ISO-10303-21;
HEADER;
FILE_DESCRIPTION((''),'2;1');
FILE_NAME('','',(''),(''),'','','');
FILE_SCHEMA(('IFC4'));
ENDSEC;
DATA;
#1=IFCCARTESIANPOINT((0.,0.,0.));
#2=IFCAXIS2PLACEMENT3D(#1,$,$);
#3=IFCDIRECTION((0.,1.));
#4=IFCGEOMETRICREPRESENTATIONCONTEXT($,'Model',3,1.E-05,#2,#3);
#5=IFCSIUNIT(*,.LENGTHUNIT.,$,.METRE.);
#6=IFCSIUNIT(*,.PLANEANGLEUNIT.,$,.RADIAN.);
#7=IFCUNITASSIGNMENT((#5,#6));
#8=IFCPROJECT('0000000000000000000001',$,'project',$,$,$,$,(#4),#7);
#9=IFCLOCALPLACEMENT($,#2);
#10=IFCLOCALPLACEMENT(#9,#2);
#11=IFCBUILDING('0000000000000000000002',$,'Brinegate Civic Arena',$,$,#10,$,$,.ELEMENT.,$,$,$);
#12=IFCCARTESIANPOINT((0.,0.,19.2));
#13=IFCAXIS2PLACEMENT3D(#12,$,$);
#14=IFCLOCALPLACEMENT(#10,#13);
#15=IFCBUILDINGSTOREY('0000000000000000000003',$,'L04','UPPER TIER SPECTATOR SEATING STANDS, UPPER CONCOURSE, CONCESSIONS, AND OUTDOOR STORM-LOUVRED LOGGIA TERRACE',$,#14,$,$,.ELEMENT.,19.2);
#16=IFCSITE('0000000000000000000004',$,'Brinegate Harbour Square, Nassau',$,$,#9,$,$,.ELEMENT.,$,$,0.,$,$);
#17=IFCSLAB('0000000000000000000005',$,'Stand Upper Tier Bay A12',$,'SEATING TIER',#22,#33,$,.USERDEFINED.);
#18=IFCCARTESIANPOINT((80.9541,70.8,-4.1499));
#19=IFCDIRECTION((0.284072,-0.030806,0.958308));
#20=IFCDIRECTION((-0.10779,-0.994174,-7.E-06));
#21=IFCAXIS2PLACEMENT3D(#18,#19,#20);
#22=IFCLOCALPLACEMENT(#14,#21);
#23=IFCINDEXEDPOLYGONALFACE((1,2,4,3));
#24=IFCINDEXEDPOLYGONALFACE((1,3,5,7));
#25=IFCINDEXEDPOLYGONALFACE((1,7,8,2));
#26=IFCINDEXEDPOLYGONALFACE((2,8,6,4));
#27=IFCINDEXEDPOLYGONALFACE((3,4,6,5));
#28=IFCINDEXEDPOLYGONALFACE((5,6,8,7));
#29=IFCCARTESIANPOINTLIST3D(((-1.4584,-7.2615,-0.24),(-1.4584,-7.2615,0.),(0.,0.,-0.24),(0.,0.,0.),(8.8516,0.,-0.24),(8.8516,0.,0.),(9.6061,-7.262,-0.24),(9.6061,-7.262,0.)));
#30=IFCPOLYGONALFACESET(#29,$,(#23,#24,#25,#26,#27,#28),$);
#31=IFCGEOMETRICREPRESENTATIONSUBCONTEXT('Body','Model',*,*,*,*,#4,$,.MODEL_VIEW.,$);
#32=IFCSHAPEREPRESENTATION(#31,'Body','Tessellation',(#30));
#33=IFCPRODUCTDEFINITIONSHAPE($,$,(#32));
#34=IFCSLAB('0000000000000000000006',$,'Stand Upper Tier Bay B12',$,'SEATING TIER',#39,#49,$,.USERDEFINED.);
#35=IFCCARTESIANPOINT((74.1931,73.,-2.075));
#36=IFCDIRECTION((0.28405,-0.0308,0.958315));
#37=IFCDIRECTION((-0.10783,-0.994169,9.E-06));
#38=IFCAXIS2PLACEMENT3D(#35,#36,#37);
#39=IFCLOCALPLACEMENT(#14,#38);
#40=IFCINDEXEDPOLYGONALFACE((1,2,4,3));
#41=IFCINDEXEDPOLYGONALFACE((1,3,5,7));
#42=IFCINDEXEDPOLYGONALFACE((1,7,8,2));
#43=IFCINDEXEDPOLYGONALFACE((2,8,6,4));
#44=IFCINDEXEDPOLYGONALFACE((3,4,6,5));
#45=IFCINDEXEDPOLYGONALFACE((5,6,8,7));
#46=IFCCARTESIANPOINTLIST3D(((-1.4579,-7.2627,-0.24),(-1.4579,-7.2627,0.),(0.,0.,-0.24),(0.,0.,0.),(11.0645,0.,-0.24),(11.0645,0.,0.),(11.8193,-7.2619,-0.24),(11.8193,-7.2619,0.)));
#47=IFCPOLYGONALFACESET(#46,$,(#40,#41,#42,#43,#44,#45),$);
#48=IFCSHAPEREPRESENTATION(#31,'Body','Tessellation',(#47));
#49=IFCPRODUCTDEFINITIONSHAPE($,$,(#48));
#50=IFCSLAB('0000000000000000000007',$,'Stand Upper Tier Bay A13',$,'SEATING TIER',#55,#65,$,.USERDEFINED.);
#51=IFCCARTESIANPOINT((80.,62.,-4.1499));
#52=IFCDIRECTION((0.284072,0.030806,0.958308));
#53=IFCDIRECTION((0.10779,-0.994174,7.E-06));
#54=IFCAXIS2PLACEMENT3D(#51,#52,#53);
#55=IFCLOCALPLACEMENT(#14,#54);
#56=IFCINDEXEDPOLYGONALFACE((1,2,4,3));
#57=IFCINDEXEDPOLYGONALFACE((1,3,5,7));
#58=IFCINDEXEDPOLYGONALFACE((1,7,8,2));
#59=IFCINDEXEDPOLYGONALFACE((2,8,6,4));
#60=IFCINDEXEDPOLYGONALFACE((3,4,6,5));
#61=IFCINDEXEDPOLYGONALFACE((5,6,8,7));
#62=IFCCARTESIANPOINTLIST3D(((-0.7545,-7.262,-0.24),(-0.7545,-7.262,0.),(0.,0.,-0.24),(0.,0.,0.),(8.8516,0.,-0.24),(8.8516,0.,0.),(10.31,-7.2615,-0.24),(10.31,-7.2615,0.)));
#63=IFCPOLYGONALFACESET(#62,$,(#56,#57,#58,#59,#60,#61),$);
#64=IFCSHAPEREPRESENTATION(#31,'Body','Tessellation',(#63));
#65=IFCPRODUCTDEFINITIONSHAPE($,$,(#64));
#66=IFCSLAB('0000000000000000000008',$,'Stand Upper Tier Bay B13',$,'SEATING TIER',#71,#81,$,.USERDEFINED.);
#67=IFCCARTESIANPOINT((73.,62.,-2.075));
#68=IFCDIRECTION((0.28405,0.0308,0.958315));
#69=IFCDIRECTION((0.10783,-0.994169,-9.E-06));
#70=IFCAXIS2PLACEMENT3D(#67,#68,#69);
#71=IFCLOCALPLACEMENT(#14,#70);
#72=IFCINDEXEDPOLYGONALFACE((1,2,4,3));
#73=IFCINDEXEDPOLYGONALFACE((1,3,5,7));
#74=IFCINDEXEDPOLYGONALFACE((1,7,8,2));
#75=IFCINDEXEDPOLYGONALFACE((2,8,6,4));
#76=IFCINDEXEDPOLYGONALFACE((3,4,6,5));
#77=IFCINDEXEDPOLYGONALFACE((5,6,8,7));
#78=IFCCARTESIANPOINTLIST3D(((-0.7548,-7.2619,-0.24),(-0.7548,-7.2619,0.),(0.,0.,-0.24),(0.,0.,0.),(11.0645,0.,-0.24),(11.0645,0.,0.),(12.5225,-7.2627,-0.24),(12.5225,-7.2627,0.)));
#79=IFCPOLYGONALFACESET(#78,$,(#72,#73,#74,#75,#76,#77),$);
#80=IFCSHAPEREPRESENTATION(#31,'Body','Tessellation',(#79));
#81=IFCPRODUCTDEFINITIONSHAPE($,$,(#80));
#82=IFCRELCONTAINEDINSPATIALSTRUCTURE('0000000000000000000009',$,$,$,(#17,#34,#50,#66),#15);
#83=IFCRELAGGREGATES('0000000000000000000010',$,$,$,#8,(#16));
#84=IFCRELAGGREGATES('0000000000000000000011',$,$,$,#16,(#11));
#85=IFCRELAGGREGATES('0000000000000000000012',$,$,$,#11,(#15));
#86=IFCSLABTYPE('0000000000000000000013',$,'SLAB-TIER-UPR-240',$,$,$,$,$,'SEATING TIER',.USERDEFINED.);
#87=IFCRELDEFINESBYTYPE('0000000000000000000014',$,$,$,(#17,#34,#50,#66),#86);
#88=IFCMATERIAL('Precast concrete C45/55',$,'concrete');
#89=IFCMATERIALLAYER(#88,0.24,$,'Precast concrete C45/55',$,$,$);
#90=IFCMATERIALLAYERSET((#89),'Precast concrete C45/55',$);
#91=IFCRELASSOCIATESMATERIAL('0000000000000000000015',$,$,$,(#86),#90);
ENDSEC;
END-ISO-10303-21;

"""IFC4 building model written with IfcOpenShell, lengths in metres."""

from ifc_helpers import new_model, si_unit, direction, frame, origin, place, context, subcontext, project, spatial, polyline, outline, extrude, material, layer, layer_set, type_object, element, save


model = new_model("IFC4")

# Units and contexts
model_context = context("Model", 3, precision=1e-05, world=origin(), true_north=direction((0.0, 1.0)))
body_context = subcontext(model_context, "Body", "Model", "MODEL_VIEW")
ifc_project = project(units=[si_unit("LENGTHUNIT", "METRE"), si_unit("PLANEANGLEUNIT", "RADIAN")], contexts=[model_context])

# Site, building, storey
site_placement = place(None, origin())
site = spatial("IfcSite", under=ifc_project, at=site_placement, Name="Brinegate Harbour Square, Nassau", CompositionType="ELEMENT", RefElevation=0.0)
building_placement = place(site_placement, origin())
building = spatial("IfcBuilding", under=site, at=building_placement, Name="Brinegate Civic Arena", CompositionType="ELEMENT")
storey_placement = place(building_placement, frame((0.0, 0.0, 19.2)))
storey = spatial("IfcBuildingStorey", under=building, at=storey_placement, Name="L04", Description="UPPER TIER SPECTATOR SEATING STANDS, UPPER CONCOURSE, CONCESSIONS, AND OUTDOOR STORM-LOUVRED LOGGIA TERRACE", CompositionType="ELEMENT", Elevation=19.2)

# Slabs
ifc_material_1 = material(Name="Precast concrete C45/55", Category="concrete")
ifc_layer_1 = layer(ifc_material_1, 0.24, Name="Precast concrete C45/55")
ifc_layer_set_1 = layer_set([ifc_layer_1], Name="Precast concrete C45/55")
slab_type = type_object("IfcSlabType", Name="SLAB-TIER-UPR-240", ElementType="SEATING TIER", PredefinedType="USERDEFINED", material=ifc_layer_set_1)
slab_1_placement = place(storey_placement, frame((80.9541, 70.8, -4.1499), z_axis=(0.284072, -0.030806, 0.958308), x_axis=(-0.10779, -0.994174, -0.000007)))
element("IfcSlab", 1, at=slab_1_placement, inside=storey, type_object=slab_type, Name="Stand Upper Tier Bay A12", ObjectType="SEATING TIER", PredefinedType="USERDEFINED", context=body_context, shape_type="SweptSolid", body=[
    extrude(outline(polyline([(0.0, 0.0), (8.8516, 0.0), (9.6061, -7.262), (-1.4584, -7.2615), (0.0, 0.0)])), origin(), (0.0, 0.0, -1.0), 0.24),
])
slab_2_placement = place(storey_placement, frame((74.1931, 73.0, -2.075), z_axis=(0.28405, -0.0308, 0.958315), x_axis=(-0.10783, -0.994169, 0.000009)))
element("IfcSlab", 2, at=slab_2_placement, inside=storey, type_object=slab_type, Name="Stand Upper Tier Bay B12", ObjectType="SEATING TIER", PredefinedType="USERDEFINED", context=body_context, shape_type="SweptSolid", body=[
    extrude(outline(polyline([(0.0, 0.0), (11.0645, 0.0), (11.8193, -7.2619), (-1.4579, -7.2627), (0.0, 0.0)])), origin(), (0.0, 0.0, -1.0), 0.24),
])
slab_3_placement = place(storey_placement, frame((80.0, 62.0, -4.1499), z_axis=(0.284072, 0.030806, 0.958308), x_axis=(0.10779, -0.994174, 0.000007)))
element("IfcSlab", 3, at=slab_3_placement, inside=storey, type_object=slab_type, Name="Stand Upper Tier Bay A13", ObjectType="SEATING TIER", PredefinedType="USERDEFINED", context=body_context, shape_type="SweptSolid", body=[
    extrude(outline(polyline([(0.0, 0.0), (8.8516, 0.0), (10.31, -7.2615), (-0.7545, -7.262), (0.0, 0.0)])), origin(), (0.0, 0.0, -1.0), 0.24),
])
slab_4_placement = place(storey_placement, frame((73.0, 62.0, -2.075), z_axis=(0.28405, 0.0308, 0.958315), x_axis=(0.10783, -0.994169, -0.000009)))
element("IfcSlab", 4, at=slab_4_placement, inside=storey, type_object=slab_type, Name="Stand Upper Tier Bay B13", ObjectType="SEATING TIER", PredefinedType="USERDEFINED", context=body_context, shape_type="SweptSolid", body=[
    extrude(outline(polyline([(0.0, 0.0), (11.0645, 0.0), (12.5225, -7.2627), (-0.7548, -7.2619), (0.0, 0.0)])), origin(), (0.0, 0.0, -1.0), 0.24),
])

save(model, "model.ifc")
